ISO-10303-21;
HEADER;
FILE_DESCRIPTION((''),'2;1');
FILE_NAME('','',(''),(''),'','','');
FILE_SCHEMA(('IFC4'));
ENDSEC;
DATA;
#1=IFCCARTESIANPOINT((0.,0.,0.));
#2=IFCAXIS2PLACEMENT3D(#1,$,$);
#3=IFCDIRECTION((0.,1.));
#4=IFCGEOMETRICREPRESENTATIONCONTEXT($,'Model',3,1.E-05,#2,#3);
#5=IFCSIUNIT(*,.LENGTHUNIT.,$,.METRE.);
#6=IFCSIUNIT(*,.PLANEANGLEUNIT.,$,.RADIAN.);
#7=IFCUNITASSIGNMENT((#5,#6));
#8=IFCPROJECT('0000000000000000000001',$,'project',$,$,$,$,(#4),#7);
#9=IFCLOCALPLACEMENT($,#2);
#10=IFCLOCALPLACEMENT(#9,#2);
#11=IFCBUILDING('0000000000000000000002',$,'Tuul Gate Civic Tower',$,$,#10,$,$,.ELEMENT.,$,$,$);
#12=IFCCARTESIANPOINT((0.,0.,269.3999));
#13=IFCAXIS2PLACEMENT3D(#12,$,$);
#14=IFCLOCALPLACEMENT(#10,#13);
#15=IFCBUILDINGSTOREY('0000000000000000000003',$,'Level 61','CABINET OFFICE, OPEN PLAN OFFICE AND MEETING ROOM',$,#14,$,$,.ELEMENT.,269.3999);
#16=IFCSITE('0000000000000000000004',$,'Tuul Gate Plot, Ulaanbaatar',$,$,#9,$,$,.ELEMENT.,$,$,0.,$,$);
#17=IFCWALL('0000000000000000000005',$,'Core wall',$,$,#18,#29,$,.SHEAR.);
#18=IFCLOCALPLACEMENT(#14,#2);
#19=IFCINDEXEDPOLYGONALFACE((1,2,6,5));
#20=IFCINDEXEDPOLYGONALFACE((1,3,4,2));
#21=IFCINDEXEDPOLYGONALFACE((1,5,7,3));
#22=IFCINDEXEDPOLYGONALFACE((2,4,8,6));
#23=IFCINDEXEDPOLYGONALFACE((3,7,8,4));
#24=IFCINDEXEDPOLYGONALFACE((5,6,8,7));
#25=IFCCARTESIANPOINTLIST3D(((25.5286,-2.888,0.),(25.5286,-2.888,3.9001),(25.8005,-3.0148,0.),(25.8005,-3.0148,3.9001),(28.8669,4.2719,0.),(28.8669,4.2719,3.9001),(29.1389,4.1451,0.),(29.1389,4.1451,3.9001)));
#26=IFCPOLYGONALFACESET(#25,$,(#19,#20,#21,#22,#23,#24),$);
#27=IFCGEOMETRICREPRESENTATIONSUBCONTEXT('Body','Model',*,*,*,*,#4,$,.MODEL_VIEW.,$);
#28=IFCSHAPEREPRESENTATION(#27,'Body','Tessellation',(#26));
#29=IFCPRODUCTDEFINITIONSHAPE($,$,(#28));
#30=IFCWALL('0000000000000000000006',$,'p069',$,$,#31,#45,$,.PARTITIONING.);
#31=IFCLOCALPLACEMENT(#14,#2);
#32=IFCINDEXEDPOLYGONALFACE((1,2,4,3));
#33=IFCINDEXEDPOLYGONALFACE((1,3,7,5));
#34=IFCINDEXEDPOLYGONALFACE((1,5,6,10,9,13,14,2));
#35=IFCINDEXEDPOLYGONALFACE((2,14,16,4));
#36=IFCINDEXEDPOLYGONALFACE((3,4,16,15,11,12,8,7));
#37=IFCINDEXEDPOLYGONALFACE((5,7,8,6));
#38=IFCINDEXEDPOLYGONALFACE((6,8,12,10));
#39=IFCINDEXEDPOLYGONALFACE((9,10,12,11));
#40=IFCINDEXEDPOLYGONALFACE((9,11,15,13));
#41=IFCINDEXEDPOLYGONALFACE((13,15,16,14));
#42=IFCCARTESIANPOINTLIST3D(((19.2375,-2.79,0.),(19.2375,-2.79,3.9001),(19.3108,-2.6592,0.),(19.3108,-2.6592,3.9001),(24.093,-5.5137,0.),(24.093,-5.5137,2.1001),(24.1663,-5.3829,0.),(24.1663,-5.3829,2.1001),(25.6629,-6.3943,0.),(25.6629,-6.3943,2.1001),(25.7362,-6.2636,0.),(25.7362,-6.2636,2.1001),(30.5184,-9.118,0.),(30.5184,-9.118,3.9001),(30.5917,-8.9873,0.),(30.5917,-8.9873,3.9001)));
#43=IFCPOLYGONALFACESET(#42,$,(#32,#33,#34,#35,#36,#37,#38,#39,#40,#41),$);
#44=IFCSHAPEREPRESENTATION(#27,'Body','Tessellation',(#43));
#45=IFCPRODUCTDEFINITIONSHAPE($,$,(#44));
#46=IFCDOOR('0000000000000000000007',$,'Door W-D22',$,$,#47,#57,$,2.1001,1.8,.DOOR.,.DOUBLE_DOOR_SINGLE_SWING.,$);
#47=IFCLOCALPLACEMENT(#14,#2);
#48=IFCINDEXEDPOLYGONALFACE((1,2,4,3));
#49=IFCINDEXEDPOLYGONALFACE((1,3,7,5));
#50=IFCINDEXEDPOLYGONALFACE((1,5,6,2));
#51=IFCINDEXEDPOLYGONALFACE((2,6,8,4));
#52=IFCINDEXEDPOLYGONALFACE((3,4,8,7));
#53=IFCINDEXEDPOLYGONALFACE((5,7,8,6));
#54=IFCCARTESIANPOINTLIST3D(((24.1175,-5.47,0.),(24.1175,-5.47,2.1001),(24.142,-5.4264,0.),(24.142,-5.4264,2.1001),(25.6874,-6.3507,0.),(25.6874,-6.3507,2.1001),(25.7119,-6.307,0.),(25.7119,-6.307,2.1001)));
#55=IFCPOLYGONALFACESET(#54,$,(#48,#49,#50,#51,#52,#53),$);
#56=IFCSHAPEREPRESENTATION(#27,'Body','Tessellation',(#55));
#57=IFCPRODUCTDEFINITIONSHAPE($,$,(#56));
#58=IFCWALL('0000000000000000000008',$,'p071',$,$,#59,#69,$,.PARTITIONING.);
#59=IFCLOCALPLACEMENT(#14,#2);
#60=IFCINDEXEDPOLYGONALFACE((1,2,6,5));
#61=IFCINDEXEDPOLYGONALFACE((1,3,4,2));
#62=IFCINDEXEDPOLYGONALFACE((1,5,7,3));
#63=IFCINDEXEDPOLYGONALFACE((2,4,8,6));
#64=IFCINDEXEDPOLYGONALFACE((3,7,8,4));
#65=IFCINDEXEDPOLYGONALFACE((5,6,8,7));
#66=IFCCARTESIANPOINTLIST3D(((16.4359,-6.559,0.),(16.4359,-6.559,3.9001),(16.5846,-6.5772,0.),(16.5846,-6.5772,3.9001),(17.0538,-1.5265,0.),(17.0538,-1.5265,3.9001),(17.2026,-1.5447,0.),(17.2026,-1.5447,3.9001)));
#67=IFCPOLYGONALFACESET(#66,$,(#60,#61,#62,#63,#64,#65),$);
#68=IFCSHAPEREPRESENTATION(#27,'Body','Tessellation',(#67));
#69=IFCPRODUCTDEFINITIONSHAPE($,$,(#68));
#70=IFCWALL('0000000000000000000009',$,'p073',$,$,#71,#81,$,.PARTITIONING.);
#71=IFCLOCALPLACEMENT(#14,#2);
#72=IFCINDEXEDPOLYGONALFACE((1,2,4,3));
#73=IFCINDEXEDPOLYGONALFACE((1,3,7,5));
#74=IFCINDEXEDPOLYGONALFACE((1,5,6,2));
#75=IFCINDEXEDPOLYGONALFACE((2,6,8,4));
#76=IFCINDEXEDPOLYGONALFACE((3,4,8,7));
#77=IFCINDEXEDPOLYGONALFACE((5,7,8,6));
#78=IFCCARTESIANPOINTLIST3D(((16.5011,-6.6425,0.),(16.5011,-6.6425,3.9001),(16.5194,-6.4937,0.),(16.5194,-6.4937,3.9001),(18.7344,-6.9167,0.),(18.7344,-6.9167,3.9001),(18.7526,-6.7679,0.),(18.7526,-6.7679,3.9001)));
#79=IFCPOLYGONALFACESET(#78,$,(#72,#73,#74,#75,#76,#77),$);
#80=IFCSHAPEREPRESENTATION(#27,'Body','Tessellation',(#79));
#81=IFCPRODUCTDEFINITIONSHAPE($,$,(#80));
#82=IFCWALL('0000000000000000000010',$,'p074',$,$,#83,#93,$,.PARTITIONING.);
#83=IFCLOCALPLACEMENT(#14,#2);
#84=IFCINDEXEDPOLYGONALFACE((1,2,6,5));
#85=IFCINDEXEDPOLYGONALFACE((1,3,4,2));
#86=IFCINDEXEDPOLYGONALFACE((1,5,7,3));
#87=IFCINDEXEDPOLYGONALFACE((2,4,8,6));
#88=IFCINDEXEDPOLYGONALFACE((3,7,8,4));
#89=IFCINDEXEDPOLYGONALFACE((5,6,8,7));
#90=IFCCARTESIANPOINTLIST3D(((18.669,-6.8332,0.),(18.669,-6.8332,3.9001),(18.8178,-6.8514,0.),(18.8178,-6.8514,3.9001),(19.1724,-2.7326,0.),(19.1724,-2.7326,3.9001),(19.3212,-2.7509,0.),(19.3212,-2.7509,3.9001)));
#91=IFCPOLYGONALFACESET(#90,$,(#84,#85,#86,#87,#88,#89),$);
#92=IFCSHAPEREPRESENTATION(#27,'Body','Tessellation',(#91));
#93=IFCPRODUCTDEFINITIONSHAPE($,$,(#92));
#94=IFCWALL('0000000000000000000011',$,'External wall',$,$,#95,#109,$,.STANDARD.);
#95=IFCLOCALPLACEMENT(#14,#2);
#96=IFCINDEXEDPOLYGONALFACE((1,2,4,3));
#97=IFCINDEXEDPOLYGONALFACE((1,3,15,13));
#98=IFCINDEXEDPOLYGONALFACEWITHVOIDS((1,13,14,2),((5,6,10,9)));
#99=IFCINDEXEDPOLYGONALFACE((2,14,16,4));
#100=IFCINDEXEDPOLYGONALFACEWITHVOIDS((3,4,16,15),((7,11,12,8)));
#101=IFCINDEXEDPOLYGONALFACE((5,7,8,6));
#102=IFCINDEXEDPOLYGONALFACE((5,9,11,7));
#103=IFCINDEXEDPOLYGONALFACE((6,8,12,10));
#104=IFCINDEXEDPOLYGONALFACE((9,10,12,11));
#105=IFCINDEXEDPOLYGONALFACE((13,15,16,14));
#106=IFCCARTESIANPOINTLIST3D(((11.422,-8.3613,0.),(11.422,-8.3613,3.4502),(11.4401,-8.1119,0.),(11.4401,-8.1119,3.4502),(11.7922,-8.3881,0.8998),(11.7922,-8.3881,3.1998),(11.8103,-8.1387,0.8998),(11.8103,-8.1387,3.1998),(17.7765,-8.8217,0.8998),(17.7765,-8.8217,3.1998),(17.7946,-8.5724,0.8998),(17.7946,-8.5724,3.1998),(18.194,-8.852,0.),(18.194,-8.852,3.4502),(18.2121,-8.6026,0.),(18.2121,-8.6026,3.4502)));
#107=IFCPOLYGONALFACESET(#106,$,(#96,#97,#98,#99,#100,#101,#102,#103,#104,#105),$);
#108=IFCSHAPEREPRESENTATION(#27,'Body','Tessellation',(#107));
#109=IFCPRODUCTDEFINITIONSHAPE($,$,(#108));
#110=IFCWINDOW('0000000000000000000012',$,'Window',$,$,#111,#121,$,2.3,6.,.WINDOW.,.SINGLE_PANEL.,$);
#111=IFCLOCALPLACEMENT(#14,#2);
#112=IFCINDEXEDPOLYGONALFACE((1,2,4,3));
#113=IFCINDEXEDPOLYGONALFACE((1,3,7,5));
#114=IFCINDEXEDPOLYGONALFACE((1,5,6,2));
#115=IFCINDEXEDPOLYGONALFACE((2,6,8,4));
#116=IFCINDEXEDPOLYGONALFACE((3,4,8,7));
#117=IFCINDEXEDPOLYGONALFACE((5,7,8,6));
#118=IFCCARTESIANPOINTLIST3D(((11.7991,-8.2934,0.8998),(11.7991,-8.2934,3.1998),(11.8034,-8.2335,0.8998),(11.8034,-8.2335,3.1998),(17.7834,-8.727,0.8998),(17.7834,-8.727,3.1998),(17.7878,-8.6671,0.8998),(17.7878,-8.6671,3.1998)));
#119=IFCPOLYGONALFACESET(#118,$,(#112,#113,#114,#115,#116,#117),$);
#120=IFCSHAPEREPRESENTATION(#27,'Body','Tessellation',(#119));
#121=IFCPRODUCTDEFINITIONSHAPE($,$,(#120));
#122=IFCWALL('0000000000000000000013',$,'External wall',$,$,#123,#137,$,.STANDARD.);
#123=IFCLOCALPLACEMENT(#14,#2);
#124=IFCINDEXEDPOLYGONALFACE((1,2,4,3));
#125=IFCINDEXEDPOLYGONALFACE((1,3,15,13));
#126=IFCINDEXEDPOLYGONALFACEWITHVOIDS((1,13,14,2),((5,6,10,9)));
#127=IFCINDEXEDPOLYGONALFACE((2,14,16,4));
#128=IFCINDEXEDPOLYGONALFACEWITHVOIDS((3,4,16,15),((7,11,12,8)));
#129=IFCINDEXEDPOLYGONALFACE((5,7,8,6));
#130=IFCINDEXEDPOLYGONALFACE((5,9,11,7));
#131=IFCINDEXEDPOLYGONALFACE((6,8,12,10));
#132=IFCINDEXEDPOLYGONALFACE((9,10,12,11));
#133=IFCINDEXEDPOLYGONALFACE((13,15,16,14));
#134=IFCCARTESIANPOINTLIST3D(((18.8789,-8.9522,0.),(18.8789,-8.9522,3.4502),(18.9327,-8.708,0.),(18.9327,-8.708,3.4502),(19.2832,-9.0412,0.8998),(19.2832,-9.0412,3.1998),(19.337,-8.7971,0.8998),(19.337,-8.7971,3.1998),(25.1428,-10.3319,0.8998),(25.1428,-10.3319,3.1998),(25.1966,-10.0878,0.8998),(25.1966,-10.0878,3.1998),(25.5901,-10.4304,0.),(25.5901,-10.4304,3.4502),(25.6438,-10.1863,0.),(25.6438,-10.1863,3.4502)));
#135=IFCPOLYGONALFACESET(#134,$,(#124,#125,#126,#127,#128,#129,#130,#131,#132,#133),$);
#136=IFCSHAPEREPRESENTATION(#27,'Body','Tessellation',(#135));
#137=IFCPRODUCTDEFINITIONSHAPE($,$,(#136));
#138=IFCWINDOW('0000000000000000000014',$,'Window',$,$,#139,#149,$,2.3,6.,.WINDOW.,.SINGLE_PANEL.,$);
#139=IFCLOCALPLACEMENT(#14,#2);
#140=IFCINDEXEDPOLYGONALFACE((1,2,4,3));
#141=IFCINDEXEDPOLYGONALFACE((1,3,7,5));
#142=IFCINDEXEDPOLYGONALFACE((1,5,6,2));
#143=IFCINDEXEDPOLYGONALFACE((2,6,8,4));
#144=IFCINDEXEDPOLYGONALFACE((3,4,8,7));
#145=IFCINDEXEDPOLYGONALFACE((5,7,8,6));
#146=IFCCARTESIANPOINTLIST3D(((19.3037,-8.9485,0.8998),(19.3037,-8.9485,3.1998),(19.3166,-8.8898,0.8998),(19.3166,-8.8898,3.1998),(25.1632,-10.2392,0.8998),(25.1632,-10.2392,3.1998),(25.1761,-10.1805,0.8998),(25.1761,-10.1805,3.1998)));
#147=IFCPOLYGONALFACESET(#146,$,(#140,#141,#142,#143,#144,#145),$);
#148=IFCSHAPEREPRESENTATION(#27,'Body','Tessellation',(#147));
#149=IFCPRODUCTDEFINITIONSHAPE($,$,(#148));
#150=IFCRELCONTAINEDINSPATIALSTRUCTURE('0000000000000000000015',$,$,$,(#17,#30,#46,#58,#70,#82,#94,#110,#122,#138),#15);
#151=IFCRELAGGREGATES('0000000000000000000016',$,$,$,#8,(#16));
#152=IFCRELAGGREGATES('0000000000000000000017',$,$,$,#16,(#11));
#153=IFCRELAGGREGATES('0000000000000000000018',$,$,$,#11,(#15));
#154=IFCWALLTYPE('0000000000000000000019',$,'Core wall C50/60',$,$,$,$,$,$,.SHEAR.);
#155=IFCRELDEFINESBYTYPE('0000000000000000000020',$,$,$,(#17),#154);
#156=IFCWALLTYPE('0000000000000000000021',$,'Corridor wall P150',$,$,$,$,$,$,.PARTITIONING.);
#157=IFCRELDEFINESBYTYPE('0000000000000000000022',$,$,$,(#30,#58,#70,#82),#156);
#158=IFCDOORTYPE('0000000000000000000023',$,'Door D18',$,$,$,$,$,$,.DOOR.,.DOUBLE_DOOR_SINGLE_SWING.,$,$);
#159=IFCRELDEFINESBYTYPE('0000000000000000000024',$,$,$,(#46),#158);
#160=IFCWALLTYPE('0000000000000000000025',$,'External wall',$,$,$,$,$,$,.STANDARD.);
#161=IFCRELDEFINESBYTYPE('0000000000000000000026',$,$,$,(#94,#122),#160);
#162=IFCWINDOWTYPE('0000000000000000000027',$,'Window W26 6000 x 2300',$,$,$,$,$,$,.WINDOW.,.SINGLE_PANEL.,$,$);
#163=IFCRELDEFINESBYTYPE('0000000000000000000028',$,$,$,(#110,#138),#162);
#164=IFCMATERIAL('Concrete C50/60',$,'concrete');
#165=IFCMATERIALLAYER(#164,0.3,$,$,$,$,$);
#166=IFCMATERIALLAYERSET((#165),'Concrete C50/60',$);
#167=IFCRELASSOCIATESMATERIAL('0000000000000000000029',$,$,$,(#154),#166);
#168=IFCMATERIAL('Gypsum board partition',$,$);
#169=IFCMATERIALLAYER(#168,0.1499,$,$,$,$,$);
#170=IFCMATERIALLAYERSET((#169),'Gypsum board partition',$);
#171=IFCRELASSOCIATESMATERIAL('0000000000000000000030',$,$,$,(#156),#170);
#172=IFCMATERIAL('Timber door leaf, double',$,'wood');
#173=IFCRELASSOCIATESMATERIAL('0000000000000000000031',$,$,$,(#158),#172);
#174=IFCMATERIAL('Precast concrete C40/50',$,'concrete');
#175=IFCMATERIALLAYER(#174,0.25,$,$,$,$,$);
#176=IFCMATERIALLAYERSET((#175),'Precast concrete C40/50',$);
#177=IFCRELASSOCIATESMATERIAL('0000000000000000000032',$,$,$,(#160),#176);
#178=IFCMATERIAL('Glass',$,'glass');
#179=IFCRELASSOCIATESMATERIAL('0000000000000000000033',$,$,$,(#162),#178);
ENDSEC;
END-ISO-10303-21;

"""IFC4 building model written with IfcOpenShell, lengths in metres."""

from ifc_helpers import new_model, si_unit, direction, frame, frame_2d, origin, place, context, subcontext, project, spatial, rectangle, extrude, material, layer, layer_set, type_object, element, fill, save


model = new_model("IFC4")

# Units and contexts
model_context = context("Model", 3, precision=1e-05, world=origin(), true_north=direction((0.0, 1.0)))
body_context = subcontext(model_context, "Body", "Model", "MODEL_VIEW")
ifc_project = project(units=[si_unit("LENGTHUNIT", "METRE"), si_unit("PLANEANGLEUNIT", "RADIAN")], contexts=[model_context])

# Site, building, storey
site_placement = place(None, origin())
site = spatial("IfcSite", under=ifc_project, at=site_placement, Name="Tuul Gate Plot, Ulaanbaatar", CompositionType="ELEMENT", RefElevation=0.0)
building_placement = place(site_placement, origin())
building = spatial("IfcBuilding", under=site, at=building_placement, Name="Tuul Gate Civic Tower", CompositionType="ELEMENT")
storey_placement = place(building_placement, frame((0.0, 0.0, 269.3999)))
storey = spatial("IfcBuildingStorey", under=building, at=storey_placement, Name="Level 61", Description="CABINET OFFICE, OPEN PLAN OFFICE AND MEETING ROOM", CompositionType="ELEMENT", Elevation=269.3999)

# Wall
ifc_material_1 = material(Name="Concrete C50/60", Category="concrete")
ifc_layer_1 = layer(ifc_material_1, 0.3)
ifc_layer_set_1 = layer_set([ifc_layer_1], Name="Concrete C50/60")
wall_type_1 = type_object("IfcWallType", Name="Core wall C50/60", PredefinedType="SHEAR", material=ifc_layer_set_1)
wall_1_placement = place(storey_placement, frame((25.6646, -2.9514, 0.0), z_axis=(0.0, 0.0, 1.0), x_axis=(0.422583, 0.906324, 0.0)))
element("IfcWall", 1, at=wall_1_placement, inside=storey, type_object=wall_type_1, Name="Core wall", PredefinedType="SHEAR", context=body_context, shape_type="SweptSolid", body=[
    extrude(rectangle(XDim=7.8999, YDim=0.3, at=frame_2d((3.95, 0.0))), origin(), (0.0, 0.0, 1.0), 3.9001),
])

# Wall, opening, door
ifc_material_2 = material(Name="Gypsum board partition")
ifc_layer_2 = layer(ifc_material_2, 0.1499)
ifc_layer_set_2 = layer_set([ifc_layer_2], Name="Gypsum board partition")
wall_type_2 = type_object("IfcWallType", Name="Corridor wall P150", PredefinedType="PARTITIONING", material=ifc_layer_set_2)
wall_2_placement = place(storey_placement, frame((19.2742, -2.7246, 0.0), z_axis=(0.0, 0.0, 1.0), x_axis=(0.872151, -0.489237, 0.0)))
wall_2 = element("IfcWall", 2, at=wall_2_placement, inside=storey, type_object=wall_type_2, Name="p069", PredefinedType="PARTITIONING", context=body_context, shape_type="SweptSolid", body=[
    extrude(rectangle(XDim=12.9346, YDim=0.1499, at=frame_2d((6.4673, 0.0))), origin(), (0.0, 0.0, 1.0), 3.9001),
])
opening_1_placement = place(wall_2_placement, frame((5.5674, 0.0, 0.0)))
opening_1 = element("IfcOpeningElement", 3, at=opening_1_placement, cuts=wall_2, PredefinedType="OPENING", context=body_context, shape_type="SweptSolid", body=[
    extrude(rectangle(XDim=1.8, YDim=2.1001, at=frame_2d((0.8999, 1.05))), frame((0.0, 0.085, 0.0), z_axis=(0.0, -1.0, 0.0), x_axis=(1.0, 0.0, 0.0)), (0.0, 0.0, 1.0), 0.1699),
])
ifc_material_3 = material(Name="Timber door leaf, double", Category="wood")
door_type = type_object("IfcDoorType", Name="Door D18", OperationType="DOUBLE_DOOR_SINGLE_SWING", PredefinedType="DOOR", material=ifc_material_3)
door_placement = place(opening_1_placement, frame((1.8, 0.0, 0.0), z_axis=(0.0, 0.0, 1.0), x_axis=(-1.0, 0.0, 0.0)))
door = element("IfcDoor", 4, at=door_placement, inside=storey, type_object=door_type, Name="Door W-D22", OperationType="DOUBLE_DOOR_SINGLE_SWING", OverallHeight=2.1001, OverallWidth=1.8, PredefinedType="DOOR", context=body_context, shape_type="SweptSolid", body=[
    extrude(rectangle(XDim=1.8, YDim=2.1001, at=frame_2d((0.9001, 1.05))), frame((0.0, 0.0249, 0.0), z_axis=(0.0, -1.0, 0.0), x_axis=(1.0, 0.0, 0.0)), (0.0, 0.0, 1.0), 0.05),
])
fill(opening_1, door)

# Walls
wall_3_placement = place(storey_placement, frame((16.5103, -6.5681, 0.0), z_axis=(0.0, 0.0, 1.0), x_axis=(0.121871, 0.992546, 0.0)))
element("IfcWall", 5, at=wall_3_placement, inside=storey, type_object=wall_type_2, Name="p071", PredefinedType="PARTITIONING", context=body_context, shape_type="SweptSolid", body=[
    extrude(rectangle(XDim=5.0703, YDim=0.1499, at=frame_2d((2.5352, 0.0))), origin(), (0.0, 0.0, 1.0), 3.9001),
])
wall_4_placement = place(storey_placement, frame((16.5103, -6.5681, 0.0), z_axis=(0.0, 0.0, 1.0), x_axis=(0.992548, -0.121858, 0.0)))
element("IfcWall", 6, at=wall_4_placement, inside=storey, type_object=wall_type_2, Name="p073", PredefinedType="PARTITIONING", context=body_context, shape_type="SweptSolid", body=[
    extrude(rectangle(XDim=2.25, YDim=0.1499, at=frame_2d((1.125, 0.0))), origin(), (0.0, 0.0, 1.0), 3.9001),
])
wall_5_placement = place(storey_placement, frame((18.7434, -6.8423, 0.0), z_axis=(0.0, 0.0, 1.0), x_axis=(0.121852, 0.992548, 0.0)))
element("IfcWall", 7, at=wall_5_placement, inside=storey, type_object=wall_type_2, Name="p074", PredefinedType="PARTITIONING", context=body_context, shape_type="SweptSolid", body=[
    extrude(rectangle(XDim=4.1313, YDim=0.1499, at=frame_2d((2.0657, 0.0))), origin(), (0.0, 0.0, 1.0), 3.9001),
])

# Walls, openings, windows
ifc_material_4 = material(Name="Precast concrete C40/50", Category="concrete")
ifc_layer_3 = layer(ifc_material_4, 0.25)
ifc_layer_set_3 = layer_set([ifc_layer_3], Name="Precast concrete C40/50")
wall_type_3 = type_object("IfcWallType", Name="External wall", PredefinedType="STANDARD", material=ifc_layer_set_3)
wall_6_placement = place(storey_placement, frame((11.4309, -8.2366, 0.0), z_axis=(0.0, 0.0, 1.0), x_axis=(0.997385, -0.072274, 0.0)))
wall_6 = element("IfcWall", 8, at=wall_6_placement, inside=storey, type_object=wall_type_3, Name="External wall", PredefinedType="STANDARD", context=body_context, shape_type="SweptSolid", body=[
    extrude(rectangle(XDim=6.7898, YDim=0.25, at=frame_2d((3.395, 0.0))), origin(), (0.0, 0.0, 1.0), 3.4502),
])
opening_2_placement = place(wall_6_placement, frame((0.3713, 0.0, 0.8999)))
opening_2 = element("IfcOpeningElement", 9, at=opening_2_placement, cuts=wall_6, PredefinedType="OPENING", context=body_context, shape_type="SweptSolid", body=[
    extrude(rectangle(XDim=6.0, YDim=2.3, at=frame_2d((3.0, 1.1499))), frame((0.0, 0.135, 0.0), z_axis=(0.0, -1.0, 0.0), x_axis=(1.0, 0.0, 0.0)), (0.0, 0.0, 1.0), 0.27),
])
ifc_material_5 = material(Name="Glass", Category="glass")
window_type = type_object("IfcWindowType", Name="Window W26 6000 x 2300", PartitioningType="SINGLE_PANEL", PredefinedType="WINDOW", material=ifc_material_5)
window_1_placement = place(opening_2_placement, origin())
window_1 = element("IfcWindow", 10, at=window_1_placement, inside=storey, type_object=window_type, Name="Window", OverallHeight=2.3, OverallWidth=6.0, PartitioningType="SINGLE_PANEL", PredefinedType="WINDOW", context=body_context, shape_type="SweptSolid", body=[
    extrude(rectangle(XDim=6.0, YDim=2.3, at=frame_2d((3.0, 1.1499))), frame((0.0, 0.03, 0.0), z_axis=(0.0, -1.0, 0.0), x_axis=(1.0, 0.0, 0.0)), (0.0, 0.0, 1.0), 0.0601),
])
fill(opening_2, window_1)
wall_7_placement = place(storey_placement, frame((18.9058, -8.8301, 0.0), z_axis=(0.0, 0.0, 1.0), x_axis=(0.976589, -0.215113, 0.0)))
wall_7 = element("IfcWall", 11, at=wall_7_placement, inside=storey, type_object=wall_type_3, Name="External wall", PredefinedType="STANDARD", context=body_context, shape_type="SweptSolid", body=[
    extrude(rectangle(XDim=6.8721, YDim=0.25, at=frame_2d((3.436, 0.0))), origin(), (0.0, 0.0, 1.0), 3.4502),
])
opening_3_placement = place(wall_7_placement, frame((0.4141, 0.0, 0.8999)))
opening_3 = element("IfcOpeningElement", 12, at=opening_3_placement, cuts=wall_7, PredefinedType="OPENING", context=body_context, shape_type="SweptSolid", body=[
    extrude(rectangle(XDim=6.0, YDim=2.3, at=frame_2d((3.0, 1.1499))), frame((0.0, 0.135, 0.0), z_axis=(0.0, -1.0, 0.0), x_axis=(1.0, 0.0, 0.0)), (0.0, 0.0, 1.0), 0.27),
])
window_2_placement = place(opening_3_placement, origin())
window_2 = element("IfcWindow", 13, at=window_2_placement, inside=storey, type_object=window_type, Name="Window", OverallHeight=2.3, OverallWidth=6.0, PartitioningType="SINGLE_PANEL", PredefinedType="WINDOW", context=body_context, shape_type="SweptSolid", body=[
    extrude(rectangle(XDim=6.0, YDim=2.3, at=frame_2d((3.0, 1.1499))), frame((0.0, 0.03, 0.0), z_axis=(0.0, -1.0, 0.0), x_axis=(1.0, 0.0, 0.0)), (0.0, 0.0, 1.0), 0.0601),
])
fill(opening_3, window_2)

save(model, "model.ifc")
